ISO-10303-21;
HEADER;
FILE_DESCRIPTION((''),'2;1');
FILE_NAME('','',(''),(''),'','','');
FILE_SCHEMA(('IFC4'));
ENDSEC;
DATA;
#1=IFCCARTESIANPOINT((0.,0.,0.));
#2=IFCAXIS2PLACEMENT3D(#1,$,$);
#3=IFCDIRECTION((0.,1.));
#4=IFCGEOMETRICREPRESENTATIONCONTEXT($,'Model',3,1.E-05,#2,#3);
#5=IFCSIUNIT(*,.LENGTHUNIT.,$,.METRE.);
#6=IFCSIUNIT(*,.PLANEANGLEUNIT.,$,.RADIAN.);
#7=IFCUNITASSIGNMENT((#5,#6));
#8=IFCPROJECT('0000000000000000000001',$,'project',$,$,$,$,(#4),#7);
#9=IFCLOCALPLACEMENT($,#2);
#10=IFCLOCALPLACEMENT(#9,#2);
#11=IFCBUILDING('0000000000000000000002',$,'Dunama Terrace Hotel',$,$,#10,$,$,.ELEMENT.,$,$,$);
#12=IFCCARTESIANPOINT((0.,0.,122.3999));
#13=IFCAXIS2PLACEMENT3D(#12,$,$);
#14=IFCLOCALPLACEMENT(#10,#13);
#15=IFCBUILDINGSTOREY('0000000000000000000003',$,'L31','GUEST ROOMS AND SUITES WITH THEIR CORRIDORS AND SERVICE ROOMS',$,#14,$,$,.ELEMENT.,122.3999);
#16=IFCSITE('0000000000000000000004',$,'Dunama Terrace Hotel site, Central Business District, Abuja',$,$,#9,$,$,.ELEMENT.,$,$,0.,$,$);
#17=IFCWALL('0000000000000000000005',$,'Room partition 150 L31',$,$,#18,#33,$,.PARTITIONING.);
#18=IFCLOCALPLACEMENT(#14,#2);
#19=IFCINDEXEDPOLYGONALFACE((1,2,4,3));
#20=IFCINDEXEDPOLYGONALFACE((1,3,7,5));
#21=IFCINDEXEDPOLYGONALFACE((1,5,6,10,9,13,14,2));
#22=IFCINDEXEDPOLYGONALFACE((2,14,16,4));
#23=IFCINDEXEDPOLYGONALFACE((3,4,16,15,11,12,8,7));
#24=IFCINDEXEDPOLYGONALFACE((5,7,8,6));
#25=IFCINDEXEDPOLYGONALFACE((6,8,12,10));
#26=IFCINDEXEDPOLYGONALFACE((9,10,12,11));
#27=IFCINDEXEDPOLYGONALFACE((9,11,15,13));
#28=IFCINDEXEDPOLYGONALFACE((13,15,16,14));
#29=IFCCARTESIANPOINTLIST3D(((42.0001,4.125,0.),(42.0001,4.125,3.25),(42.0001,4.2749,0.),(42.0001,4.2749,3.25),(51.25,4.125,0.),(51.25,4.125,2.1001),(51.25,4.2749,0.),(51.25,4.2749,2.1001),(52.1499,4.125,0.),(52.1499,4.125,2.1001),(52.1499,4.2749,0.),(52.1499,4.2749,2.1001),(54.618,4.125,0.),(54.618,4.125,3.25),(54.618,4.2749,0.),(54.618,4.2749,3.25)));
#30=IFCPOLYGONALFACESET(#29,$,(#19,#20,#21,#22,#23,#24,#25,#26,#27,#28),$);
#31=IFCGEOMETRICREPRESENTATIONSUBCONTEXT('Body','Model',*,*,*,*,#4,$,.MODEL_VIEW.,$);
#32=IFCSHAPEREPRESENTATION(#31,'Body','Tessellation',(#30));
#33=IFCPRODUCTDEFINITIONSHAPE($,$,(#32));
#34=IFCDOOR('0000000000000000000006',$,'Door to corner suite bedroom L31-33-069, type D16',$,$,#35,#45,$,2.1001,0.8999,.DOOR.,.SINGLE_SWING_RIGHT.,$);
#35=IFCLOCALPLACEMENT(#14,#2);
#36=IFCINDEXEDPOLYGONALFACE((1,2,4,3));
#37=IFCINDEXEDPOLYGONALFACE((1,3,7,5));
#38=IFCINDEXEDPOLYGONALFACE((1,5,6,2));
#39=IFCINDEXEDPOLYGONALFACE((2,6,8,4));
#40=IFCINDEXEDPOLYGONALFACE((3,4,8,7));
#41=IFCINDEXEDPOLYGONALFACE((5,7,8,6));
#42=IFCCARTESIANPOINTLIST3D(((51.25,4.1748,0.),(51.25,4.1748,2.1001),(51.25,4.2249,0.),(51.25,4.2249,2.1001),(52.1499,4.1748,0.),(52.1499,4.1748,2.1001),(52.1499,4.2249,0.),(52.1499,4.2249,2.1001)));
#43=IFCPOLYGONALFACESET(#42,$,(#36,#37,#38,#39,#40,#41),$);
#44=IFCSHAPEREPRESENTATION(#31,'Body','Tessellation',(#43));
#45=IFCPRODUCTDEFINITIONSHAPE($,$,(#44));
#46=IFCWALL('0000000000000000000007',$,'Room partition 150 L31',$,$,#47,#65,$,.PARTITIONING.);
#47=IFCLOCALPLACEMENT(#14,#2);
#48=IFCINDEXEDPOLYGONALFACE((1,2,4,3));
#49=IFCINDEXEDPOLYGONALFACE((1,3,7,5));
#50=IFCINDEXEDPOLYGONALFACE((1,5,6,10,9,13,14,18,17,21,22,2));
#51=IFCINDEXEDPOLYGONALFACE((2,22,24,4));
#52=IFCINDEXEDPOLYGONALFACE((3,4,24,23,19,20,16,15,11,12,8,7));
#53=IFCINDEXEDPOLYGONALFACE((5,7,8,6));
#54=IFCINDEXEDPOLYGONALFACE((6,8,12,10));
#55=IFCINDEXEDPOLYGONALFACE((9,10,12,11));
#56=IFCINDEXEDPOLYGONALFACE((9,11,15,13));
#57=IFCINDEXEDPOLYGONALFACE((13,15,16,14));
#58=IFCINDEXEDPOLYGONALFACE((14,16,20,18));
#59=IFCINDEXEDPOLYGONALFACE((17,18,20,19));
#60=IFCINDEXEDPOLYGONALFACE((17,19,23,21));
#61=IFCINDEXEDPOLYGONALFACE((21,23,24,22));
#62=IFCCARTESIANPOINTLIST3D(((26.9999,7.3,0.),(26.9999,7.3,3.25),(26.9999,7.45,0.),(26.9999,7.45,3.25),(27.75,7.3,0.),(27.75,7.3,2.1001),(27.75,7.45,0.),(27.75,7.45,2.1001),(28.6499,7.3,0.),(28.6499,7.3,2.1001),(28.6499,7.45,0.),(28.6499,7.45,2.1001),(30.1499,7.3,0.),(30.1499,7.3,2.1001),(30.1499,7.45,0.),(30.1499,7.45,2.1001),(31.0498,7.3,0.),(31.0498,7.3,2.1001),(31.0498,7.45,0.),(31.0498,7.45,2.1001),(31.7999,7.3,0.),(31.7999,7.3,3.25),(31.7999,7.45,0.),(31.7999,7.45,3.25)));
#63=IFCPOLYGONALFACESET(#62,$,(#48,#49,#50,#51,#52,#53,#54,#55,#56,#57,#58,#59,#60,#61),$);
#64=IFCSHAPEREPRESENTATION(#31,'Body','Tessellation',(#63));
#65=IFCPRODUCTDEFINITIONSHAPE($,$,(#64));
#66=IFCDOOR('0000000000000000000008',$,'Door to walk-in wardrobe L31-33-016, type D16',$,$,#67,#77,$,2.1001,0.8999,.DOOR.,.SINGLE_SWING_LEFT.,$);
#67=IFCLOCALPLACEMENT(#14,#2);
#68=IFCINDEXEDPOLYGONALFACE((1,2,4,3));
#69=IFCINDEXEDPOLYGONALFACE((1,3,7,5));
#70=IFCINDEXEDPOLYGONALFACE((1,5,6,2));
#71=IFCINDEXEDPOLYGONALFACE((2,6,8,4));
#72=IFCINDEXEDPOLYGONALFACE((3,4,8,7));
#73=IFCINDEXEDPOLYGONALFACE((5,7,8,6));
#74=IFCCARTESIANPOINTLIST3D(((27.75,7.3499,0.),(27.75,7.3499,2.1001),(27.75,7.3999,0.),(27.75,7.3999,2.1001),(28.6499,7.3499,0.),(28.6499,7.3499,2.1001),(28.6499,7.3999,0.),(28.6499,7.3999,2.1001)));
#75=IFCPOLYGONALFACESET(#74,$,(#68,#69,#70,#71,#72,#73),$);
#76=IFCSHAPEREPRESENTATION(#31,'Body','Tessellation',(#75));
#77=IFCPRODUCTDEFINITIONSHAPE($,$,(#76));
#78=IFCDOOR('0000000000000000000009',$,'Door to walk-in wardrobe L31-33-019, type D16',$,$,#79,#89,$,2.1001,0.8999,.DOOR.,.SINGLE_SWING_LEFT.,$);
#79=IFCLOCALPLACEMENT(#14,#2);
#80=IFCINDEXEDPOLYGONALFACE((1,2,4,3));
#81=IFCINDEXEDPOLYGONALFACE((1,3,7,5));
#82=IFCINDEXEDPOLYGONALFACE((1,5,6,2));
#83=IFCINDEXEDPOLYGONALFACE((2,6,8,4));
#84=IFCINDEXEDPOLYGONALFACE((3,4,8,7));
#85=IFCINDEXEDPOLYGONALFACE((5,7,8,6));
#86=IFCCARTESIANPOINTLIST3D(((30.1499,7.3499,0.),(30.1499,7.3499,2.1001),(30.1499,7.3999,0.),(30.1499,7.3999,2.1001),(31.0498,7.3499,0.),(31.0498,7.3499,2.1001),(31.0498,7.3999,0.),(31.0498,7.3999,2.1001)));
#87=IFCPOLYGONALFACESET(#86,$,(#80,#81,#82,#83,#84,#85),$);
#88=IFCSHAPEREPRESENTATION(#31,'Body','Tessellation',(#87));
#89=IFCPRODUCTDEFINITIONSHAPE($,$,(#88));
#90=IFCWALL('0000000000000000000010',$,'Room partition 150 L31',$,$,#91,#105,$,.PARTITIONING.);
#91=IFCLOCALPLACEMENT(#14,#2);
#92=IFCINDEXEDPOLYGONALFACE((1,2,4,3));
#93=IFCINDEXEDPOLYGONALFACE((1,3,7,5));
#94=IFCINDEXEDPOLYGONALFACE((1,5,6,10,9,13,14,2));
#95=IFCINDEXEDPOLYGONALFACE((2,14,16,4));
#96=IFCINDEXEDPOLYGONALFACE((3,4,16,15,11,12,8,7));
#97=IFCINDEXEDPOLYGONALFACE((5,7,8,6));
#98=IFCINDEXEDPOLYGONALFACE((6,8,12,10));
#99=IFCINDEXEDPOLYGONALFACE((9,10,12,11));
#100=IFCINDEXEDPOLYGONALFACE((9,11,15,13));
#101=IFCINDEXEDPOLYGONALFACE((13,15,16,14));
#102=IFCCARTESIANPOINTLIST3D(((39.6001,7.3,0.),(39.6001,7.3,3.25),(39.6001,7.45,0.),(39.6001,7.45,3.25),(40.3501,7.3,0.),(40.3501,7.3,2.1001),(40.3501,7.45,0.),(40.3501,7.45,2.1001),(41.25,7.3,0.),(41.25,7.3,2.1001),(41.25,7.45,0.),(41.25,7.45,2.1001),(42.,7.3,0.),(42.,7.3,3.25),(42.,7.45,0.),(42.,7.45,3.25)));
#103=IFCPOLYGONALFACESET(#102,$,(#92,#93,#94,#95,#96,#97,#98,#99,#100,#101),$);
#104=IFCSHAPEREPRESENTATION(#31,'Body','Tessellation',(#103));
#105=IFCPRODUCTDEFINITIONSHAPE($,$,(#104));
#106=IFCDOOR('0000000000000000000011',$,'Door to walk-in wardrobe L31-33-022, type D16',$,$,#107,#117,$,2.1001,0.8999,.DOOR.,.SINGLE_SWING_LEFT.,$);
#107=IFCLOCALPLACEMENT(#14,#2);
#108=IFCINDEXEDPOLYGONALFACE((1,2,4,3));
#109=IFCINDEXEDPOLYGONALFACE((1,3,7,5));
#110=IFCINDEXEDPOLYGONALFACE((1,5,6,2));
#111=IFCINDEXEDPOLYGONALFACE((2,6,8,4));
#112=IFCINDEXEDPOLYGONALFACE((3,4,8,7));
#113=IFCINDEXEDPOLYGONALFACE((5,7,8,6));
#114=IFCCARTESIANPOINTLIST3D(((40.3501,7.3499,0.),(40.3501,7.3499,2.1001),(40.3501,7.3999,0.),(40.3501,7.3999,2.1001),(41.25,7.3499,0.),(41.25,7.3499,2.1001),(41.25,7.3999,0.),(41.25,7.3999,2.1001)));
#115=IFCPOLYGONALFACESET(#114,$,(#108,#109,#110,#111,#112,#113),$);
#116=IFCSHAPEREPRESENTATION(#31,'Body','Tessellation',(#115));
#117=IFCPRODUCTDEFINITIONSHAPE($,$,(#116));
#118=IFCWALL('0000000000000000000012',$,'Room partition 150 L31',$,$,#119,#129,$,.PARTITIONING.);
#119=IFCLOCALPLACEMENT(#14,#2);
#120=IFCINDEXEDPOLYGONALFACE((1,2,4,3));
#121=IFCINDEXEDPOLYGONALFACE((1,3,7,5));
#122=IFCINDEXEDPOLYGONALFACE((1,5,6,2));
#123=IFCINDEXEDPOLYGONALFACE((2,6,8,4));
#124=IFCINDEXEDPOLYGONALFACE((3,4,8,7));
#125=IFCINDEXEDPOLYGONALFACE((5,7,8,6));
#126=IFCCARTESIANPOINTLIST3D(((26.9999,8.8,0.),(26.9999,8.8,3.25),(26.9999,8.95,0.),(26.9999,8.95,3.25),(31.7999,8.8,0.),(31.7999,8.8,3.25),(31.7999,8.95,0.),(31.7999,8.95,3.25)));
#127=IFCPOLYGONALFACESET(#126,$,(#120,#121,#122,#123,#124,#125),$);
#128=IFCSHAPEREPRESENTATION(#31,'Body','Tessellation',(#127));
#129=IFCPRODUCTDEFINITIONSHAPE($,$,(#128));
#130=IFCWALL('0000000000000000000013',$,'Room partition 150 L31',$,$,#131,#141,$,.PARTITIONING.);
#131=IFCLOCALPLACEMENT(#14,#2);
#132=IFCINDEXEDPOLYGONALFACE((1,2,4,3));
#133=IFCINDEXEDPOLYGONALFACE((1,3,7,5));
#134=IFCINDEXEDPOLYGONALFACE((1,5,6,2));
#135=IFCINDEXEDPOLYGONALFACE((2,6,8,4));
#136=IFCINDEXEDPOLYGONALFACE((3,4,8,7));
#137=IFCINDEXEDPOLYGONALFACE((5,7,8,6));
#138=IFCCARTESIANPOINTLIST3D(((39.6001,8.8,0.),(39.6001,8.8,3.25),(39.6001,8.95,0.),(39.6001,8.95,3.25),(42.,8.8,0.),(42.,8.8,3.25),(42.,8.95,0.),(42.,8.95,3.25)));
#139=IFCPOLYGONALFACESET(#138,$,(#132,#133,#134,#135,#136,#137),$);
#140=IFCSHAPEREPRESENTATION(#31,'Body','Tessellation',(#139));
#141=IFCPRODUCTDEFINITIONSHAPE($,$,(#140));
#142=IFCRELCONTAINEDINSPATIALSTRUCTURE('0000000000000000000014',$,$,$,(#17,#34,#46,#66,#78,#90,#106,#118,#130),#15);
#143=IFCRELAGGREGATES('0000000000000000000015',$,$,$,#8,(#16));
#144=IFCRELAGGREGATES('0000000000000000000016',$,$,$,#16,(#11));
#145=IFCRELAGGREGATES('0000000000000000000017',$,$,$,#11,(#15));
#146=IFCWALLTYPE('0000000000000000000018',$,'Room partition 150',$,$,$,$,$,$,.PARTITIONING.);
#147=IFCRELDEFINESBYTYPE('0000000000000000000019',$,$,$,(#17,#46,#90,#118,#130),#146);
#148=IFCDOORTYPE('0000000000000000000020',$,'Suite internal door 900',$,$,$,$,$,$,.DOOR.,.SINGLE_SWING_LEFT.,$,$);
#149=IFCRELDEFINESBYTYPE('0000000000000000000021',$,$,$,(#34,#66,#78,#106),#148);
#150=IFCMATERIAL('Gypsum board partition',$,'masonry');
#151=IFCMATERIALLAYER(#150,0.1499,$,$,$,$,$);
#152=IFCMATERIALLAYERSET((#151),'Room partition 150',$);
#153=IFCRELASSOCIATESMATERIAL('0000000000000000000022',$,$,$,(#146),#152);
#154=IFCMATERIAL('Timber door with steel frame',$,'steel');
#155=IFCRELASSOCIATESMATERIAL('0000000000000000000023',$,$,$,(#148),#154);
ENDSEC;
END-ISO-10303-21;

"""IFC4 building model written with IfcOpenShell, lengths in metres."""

from ifc_helpers import new_model, si_unit, direction, frame, frame_2d, origin, place, context, subcontext, project, spatial, rectangle, extrude, material, layer, layer_set, type_object, element, fill, save


model = new_model("IFC4")

# Units and contexts
model_context = context("Model", 3, precision=1e-05, world=origin(), true_north=direction((0.0, 1.0)))
body_context = subcontext(model_context, "Body", "Model", "MODEL_VIEW")
ifc_project = project(units=[si_unit("LENGTHUNIT", "METRE"), si_unit("PLANEANGLEUNIT", "RADIAN")], contexts=[model_context])

# Site, building, storey
site_placement = place(None, origin())
site = spatial("IfcSite", under=ifc_project, at=site_placement, Name="Dunama Terrace Hotel site, Central Business District, Abuja", CompositionType="ELEMENT", RefElevation=0.0)
building_placement = place(site_placement, origin())
building = spatial("IfcBuilding", under=site, at=building_placement, Name="Dunama Terrace Hotel", CompositionType="ELEMENT")
storey_placement = place(building_placement, frame((0.0, 0.0, 122.3999)))
storey = spatial("IfcBuildingStorey", under=building, at=storey_placement, Name="L31", Description="GUEST ROOMS AND SUITES WITH THEIR CORRIDORS AND SERVICE ROOMS", CompositionType="ELEMENT", Elevation=122.3999)

# Shared definitions
ifc_material_1 = material(Name="Gypsum board partition", Category="masonry")
ifc_layer_1 = layer(ifc_material_1, 0.1499)
ifc_layer_set_1 = layer_set([ifc_layer_1], Name="Room partition 150")
wall_type_1 = type_object("IfcWallType", Name="Room partition 150", PredefinedType="PARTITIONING", material=ifc_layer_set_1)

# Wall, opening, door
wall_1_placement = place(storey_placement, frame((42.0, 4.2, 0.0), z_axis=(0.0, 0.0, 1.0), x_axis=(1.0, 0.0, 0.0)))
wall_1 = element("IfcWall", 1, at=wall_1_placement, inside=storey, type_object=wall_type_1, Name="Room partition 150 L31", PredefinedType="PARTITIONING", context=body_context, shape_type="SweptSolid", body=[
    extrude(rectangle(XDim=12.6179, YDim=0.1499, at=frame_2d((6.3091, 0.0))), origin(), (0.0, 0.0, 1.0), 3.25),
])
opening_1_placement = place(wall_1_placement, frame((9.25, 0.0, 0.0)))
opening_1 = element("IfcOpeningElement", 2, at=opening_1_placement, cuts=wall_1, PredefinedType="OPENING", context=body_context, shape_type="SweptSolid", body=[
    extrude(rectangle(XDim=0.8999, YDim=2.1001, at=frame_2d((0.45, 1.05))), frame((0.0, 0.085, 0.0), z_axis=(0.0, -1.0, 0.0), x_axis=(1.0, 0.0, 0.0)), (0.0, 0.0, 1.0), 0.1699),
])
ifc_material_2 = material(Name="Timber door with steel frame", Category="steel")
door_type_1 = type_object("IfcDoorType", Name="Suite internal door 900", OperationType="SINGLE_SWING_LEFT", PredefinedType="DOOR", material=ifc_material_2)
door_1_placement = place(opening_1_placement, frame((0.8999, 0.0, 0.0), z_axis=(0.0, 0.0, 1.0), x_axis=(-1.0, 0.0, 0.0)))
door_1 = element("IfcDoor", 3, at=door_1_placement, inside=storey, type_object=door_type_1, Name="Door to corner suite bedroom L31-33-069, type D16", OperationType="SINGLE_SWING_RIGHT", OverallHeight=2.1001, OverallWidth=0.8999, PredefinedType="DOOR", context=body_context, shape_type="SweptSolid", body=[
    extrude(rectangle(XDim=0.8999, YDim=2.1001, at=frame_2d((0.45, 1.05))), frame((0.0, 0.0251, 0.0), z_axis=(0.0, -1.0, 0.0), x_axis=(1.0, 0.0, 0.0)), (0.0, 0.0, 1.0), 0.05),
])
fill(opening_1, door_1)

# Wall, openings, doors
wall_2_placement = place(storey_placement, frame((27.0, 7.375, 0.0), z_axis=(0.0, 0.0, 1.0), x_axis=(1.0, 0.0, 0.0)))
wall_2 = element("IfcWall", 4, at=wall_2_placement, inside=storey, type_object=wall_type_1, Name="Room partition 150 L31", PredefinedType="PARTITIONING", context=body_context, shape_type="SweptSolid", body=[
    extrude(rectangle(XDim=4.8, YDim=0.1499, at=frame_2d((2.3999, 0.0))), origin(), (0.0, 0.0, 1.0), 3.25),
])
opening_2_placement = place(wall_2_placement, frame((0.75, 0.0, 0.0)))
opening_2 = element("IfcOpeningElement", 5, at=opening_2_placement, cuts=wall_2, PredefinedType="OPENING", context=body_context, shape_type="SweptSolid", body=[
    extrude(rectangle(XDim=0.8999, YDim=2.1001, at=frame_2d((0.45, 1.05))), frame((0.0, 0.085, 0.0), z_axis=(0.0, -1.0, 0.0), x_axis=(1.0, 0.0, 0.0)), (0.0, 0.0, 1.0), 0.1699),
])
opening_3_placement = place(wall_2_placement, frame((3.1499, 0.0, 0.0)))
opening_3 = element("IfcOpeningElement", 6, at=opening_3_placement, cuts=wall_2, PredefinedType="OPENING", context=body_context, shape_type="SweptSolid", body=[
    extrude(rectangle(XDim=0.8999, YDim=2.1001, at=frame_2d((0.45, 1.05))), frame((0.0, 0.085, 0.0), z_axis=(0.0, -1.0, 0.0), x_axis=(1.0, 0.0, 0.0)), (0.0, 0.0, 1.0), 0.1699),
])
door_2_placement = place(opening_2_placement, origin())
door_2 = element("IfcDoor", 7, at=door_2_placement, inside=storey, type_object=door_type_1, Name="Door to walk-in wardrobe L31-33-016, type D16", OperationType="SINGLE_SWING_LEFT", OverallHeight=2.1001, OverallWidth=0.8999, PredefinedType="DOOR", context=body_context, shape_type="SweptSolid", body=[
    extrude(rectangle(XDim=0.8999, YDim=2.1001, at=frame_2d((0.45, 1.05))), frame((0.0, 0.0249, 0.0), z_axis=(0.0, -1.0, 0.0), x_axis=(1.0, 0.0, 0.0)), (0.0, 0.0, 1.0), 0.05),
])
fill(opening_2, door_2)
door_3_placement = place(opening_3_placement, origin())
door_3 = element("IfcDoor", 8, at=door_3_placement, inside=storey, type_object=door_type_1, Name="Door to walk-in wardrobe L31-33-019, type D16", OperationType="SINGLE_SWING_LEFT", OverallHeight=2.1001, OverallWidth=0.8999, PredefinedType="DOOR", context=body_context, shape_type="SweptSolid", body=[
    extrude(rectangle(XDim=0.8999, YDim=2.1001, at=frame_2d((0.45, 1.05))), frame((0.0, 0.0249, 0.0), z_axis=(0.0, -1.0, 0.0), x_axis=(1.0, 0.0, 0.0)), (0.0, 0.0, 1.0), 0.05),
])
fill(opening_3, door_3)

# Wall, opening, door
wall_3_placement = place(storey_placement, frame((39.6001, 7.375, 0.0), z_axis=(0.0, 0.0, 1.0), x_axis=(1.0, 0.0, 0.0)))
wall_3 = element("IfcWall", 9, at=wall_3_placement, inside=storey, type_object=wall_type_1, Name="Room partition 150 L31", PredefinedType="PARTITIONING", context=body_context, shape_type="SweptSolid", body=[
    extrude(rectangle(XDim=2.3999, YDim=0.1499, at=frame_2d((1.2, 0.0))), origin(), (0.0, 0.0, 1.0), 3.25),
])
opening_4_placement = place(wall_3_placement, frame((0.75, 0.0, 0.0)))
opening_4 = element("IfcOpeningElement", 10, at=opening_4_placement, cuts=wall_3, PredefinedType="OPENING", context=body_context, shape_type="SweptSolid", body=[
    extrude(rectangle(XDim=0.8999, YDim=2.1001, at=frame_2d((0.45, 1.05))), frame((0.0, 0.085, 0.0), z_axis=(0.0, -1.0, 0.0), x_axis=(1.0, 0.0, 0.0)), (0.0, 0.0, 1.0), 0.1699),
])
door_4_placement = place(opening_4_placement, origin())
door_4 = element("IfcDoor", 11, at=door_4_placement, inside=storey, type_object=door_type_1, Name="Door to walk-in wardrobe L31-33-022, type D16", OperationType="SINGLE_SWING_LEFT", OverallHeight=2.1001, OverallWidth=0.8999, PredefinedType="DOOR", context=body_context, shape_type="SweptSolid", body=[
    extrude(rectangle(XDim=0.8999, YDim=2.1001, at=frame_2d((0.45, 1.05))), frame((0.0, 0.0249, 0.0), z_axis=(0.0, -1.0, 0.0), x_axis=(1.0, 0.0, 0.0)), (0.0, 0.0, 1.0), 0.05),
])
fill(opening_4, door_4)

# Walls
wall_4_placement = place(storey_placement, frame((27.0, 8.875, 0.0), z_axis=(0.0, 0.0, 1.0), x_axis=(1.0, 0.0, 0.0)))
element("IfcWall", 12, at=wall_4_placement, inside=storey, type_object=wall_type_1, Name="Room partition 150 L31", PredefinedType="PARTITIONING", context=body_context, shape_type="SweptSolid", body=[
    extrude(rectangle(XDim=4.8, YDim=0.1499, at=frame_2d((2.3999, 0.0))), origin(), (0.0, 0.0, 1.0), 3.25),
])
wall_5_placement = place(storey_placement, frame((39.6001, 8.875, 0.0), z_axis=(0.0, 0.0, 1.0), x_axis=(1.0, 0.0, 0.0)))
element("IfcWall", 13, at=wall_5_placement, inside=storey, type_object=wall_type_1, Name="Room partition 150 L31", PredefinedType="PARTITIONING", context=body_context, shape_type="SweptSolid", body=[
    extrude(rectangle(XDim=2.3999, YDim=0.1499, at=frame_2d((1.2, 0.0))), origin(), (0.0, 0.0, 1.0), 3.25),
])

save(model, "model.ifc")
